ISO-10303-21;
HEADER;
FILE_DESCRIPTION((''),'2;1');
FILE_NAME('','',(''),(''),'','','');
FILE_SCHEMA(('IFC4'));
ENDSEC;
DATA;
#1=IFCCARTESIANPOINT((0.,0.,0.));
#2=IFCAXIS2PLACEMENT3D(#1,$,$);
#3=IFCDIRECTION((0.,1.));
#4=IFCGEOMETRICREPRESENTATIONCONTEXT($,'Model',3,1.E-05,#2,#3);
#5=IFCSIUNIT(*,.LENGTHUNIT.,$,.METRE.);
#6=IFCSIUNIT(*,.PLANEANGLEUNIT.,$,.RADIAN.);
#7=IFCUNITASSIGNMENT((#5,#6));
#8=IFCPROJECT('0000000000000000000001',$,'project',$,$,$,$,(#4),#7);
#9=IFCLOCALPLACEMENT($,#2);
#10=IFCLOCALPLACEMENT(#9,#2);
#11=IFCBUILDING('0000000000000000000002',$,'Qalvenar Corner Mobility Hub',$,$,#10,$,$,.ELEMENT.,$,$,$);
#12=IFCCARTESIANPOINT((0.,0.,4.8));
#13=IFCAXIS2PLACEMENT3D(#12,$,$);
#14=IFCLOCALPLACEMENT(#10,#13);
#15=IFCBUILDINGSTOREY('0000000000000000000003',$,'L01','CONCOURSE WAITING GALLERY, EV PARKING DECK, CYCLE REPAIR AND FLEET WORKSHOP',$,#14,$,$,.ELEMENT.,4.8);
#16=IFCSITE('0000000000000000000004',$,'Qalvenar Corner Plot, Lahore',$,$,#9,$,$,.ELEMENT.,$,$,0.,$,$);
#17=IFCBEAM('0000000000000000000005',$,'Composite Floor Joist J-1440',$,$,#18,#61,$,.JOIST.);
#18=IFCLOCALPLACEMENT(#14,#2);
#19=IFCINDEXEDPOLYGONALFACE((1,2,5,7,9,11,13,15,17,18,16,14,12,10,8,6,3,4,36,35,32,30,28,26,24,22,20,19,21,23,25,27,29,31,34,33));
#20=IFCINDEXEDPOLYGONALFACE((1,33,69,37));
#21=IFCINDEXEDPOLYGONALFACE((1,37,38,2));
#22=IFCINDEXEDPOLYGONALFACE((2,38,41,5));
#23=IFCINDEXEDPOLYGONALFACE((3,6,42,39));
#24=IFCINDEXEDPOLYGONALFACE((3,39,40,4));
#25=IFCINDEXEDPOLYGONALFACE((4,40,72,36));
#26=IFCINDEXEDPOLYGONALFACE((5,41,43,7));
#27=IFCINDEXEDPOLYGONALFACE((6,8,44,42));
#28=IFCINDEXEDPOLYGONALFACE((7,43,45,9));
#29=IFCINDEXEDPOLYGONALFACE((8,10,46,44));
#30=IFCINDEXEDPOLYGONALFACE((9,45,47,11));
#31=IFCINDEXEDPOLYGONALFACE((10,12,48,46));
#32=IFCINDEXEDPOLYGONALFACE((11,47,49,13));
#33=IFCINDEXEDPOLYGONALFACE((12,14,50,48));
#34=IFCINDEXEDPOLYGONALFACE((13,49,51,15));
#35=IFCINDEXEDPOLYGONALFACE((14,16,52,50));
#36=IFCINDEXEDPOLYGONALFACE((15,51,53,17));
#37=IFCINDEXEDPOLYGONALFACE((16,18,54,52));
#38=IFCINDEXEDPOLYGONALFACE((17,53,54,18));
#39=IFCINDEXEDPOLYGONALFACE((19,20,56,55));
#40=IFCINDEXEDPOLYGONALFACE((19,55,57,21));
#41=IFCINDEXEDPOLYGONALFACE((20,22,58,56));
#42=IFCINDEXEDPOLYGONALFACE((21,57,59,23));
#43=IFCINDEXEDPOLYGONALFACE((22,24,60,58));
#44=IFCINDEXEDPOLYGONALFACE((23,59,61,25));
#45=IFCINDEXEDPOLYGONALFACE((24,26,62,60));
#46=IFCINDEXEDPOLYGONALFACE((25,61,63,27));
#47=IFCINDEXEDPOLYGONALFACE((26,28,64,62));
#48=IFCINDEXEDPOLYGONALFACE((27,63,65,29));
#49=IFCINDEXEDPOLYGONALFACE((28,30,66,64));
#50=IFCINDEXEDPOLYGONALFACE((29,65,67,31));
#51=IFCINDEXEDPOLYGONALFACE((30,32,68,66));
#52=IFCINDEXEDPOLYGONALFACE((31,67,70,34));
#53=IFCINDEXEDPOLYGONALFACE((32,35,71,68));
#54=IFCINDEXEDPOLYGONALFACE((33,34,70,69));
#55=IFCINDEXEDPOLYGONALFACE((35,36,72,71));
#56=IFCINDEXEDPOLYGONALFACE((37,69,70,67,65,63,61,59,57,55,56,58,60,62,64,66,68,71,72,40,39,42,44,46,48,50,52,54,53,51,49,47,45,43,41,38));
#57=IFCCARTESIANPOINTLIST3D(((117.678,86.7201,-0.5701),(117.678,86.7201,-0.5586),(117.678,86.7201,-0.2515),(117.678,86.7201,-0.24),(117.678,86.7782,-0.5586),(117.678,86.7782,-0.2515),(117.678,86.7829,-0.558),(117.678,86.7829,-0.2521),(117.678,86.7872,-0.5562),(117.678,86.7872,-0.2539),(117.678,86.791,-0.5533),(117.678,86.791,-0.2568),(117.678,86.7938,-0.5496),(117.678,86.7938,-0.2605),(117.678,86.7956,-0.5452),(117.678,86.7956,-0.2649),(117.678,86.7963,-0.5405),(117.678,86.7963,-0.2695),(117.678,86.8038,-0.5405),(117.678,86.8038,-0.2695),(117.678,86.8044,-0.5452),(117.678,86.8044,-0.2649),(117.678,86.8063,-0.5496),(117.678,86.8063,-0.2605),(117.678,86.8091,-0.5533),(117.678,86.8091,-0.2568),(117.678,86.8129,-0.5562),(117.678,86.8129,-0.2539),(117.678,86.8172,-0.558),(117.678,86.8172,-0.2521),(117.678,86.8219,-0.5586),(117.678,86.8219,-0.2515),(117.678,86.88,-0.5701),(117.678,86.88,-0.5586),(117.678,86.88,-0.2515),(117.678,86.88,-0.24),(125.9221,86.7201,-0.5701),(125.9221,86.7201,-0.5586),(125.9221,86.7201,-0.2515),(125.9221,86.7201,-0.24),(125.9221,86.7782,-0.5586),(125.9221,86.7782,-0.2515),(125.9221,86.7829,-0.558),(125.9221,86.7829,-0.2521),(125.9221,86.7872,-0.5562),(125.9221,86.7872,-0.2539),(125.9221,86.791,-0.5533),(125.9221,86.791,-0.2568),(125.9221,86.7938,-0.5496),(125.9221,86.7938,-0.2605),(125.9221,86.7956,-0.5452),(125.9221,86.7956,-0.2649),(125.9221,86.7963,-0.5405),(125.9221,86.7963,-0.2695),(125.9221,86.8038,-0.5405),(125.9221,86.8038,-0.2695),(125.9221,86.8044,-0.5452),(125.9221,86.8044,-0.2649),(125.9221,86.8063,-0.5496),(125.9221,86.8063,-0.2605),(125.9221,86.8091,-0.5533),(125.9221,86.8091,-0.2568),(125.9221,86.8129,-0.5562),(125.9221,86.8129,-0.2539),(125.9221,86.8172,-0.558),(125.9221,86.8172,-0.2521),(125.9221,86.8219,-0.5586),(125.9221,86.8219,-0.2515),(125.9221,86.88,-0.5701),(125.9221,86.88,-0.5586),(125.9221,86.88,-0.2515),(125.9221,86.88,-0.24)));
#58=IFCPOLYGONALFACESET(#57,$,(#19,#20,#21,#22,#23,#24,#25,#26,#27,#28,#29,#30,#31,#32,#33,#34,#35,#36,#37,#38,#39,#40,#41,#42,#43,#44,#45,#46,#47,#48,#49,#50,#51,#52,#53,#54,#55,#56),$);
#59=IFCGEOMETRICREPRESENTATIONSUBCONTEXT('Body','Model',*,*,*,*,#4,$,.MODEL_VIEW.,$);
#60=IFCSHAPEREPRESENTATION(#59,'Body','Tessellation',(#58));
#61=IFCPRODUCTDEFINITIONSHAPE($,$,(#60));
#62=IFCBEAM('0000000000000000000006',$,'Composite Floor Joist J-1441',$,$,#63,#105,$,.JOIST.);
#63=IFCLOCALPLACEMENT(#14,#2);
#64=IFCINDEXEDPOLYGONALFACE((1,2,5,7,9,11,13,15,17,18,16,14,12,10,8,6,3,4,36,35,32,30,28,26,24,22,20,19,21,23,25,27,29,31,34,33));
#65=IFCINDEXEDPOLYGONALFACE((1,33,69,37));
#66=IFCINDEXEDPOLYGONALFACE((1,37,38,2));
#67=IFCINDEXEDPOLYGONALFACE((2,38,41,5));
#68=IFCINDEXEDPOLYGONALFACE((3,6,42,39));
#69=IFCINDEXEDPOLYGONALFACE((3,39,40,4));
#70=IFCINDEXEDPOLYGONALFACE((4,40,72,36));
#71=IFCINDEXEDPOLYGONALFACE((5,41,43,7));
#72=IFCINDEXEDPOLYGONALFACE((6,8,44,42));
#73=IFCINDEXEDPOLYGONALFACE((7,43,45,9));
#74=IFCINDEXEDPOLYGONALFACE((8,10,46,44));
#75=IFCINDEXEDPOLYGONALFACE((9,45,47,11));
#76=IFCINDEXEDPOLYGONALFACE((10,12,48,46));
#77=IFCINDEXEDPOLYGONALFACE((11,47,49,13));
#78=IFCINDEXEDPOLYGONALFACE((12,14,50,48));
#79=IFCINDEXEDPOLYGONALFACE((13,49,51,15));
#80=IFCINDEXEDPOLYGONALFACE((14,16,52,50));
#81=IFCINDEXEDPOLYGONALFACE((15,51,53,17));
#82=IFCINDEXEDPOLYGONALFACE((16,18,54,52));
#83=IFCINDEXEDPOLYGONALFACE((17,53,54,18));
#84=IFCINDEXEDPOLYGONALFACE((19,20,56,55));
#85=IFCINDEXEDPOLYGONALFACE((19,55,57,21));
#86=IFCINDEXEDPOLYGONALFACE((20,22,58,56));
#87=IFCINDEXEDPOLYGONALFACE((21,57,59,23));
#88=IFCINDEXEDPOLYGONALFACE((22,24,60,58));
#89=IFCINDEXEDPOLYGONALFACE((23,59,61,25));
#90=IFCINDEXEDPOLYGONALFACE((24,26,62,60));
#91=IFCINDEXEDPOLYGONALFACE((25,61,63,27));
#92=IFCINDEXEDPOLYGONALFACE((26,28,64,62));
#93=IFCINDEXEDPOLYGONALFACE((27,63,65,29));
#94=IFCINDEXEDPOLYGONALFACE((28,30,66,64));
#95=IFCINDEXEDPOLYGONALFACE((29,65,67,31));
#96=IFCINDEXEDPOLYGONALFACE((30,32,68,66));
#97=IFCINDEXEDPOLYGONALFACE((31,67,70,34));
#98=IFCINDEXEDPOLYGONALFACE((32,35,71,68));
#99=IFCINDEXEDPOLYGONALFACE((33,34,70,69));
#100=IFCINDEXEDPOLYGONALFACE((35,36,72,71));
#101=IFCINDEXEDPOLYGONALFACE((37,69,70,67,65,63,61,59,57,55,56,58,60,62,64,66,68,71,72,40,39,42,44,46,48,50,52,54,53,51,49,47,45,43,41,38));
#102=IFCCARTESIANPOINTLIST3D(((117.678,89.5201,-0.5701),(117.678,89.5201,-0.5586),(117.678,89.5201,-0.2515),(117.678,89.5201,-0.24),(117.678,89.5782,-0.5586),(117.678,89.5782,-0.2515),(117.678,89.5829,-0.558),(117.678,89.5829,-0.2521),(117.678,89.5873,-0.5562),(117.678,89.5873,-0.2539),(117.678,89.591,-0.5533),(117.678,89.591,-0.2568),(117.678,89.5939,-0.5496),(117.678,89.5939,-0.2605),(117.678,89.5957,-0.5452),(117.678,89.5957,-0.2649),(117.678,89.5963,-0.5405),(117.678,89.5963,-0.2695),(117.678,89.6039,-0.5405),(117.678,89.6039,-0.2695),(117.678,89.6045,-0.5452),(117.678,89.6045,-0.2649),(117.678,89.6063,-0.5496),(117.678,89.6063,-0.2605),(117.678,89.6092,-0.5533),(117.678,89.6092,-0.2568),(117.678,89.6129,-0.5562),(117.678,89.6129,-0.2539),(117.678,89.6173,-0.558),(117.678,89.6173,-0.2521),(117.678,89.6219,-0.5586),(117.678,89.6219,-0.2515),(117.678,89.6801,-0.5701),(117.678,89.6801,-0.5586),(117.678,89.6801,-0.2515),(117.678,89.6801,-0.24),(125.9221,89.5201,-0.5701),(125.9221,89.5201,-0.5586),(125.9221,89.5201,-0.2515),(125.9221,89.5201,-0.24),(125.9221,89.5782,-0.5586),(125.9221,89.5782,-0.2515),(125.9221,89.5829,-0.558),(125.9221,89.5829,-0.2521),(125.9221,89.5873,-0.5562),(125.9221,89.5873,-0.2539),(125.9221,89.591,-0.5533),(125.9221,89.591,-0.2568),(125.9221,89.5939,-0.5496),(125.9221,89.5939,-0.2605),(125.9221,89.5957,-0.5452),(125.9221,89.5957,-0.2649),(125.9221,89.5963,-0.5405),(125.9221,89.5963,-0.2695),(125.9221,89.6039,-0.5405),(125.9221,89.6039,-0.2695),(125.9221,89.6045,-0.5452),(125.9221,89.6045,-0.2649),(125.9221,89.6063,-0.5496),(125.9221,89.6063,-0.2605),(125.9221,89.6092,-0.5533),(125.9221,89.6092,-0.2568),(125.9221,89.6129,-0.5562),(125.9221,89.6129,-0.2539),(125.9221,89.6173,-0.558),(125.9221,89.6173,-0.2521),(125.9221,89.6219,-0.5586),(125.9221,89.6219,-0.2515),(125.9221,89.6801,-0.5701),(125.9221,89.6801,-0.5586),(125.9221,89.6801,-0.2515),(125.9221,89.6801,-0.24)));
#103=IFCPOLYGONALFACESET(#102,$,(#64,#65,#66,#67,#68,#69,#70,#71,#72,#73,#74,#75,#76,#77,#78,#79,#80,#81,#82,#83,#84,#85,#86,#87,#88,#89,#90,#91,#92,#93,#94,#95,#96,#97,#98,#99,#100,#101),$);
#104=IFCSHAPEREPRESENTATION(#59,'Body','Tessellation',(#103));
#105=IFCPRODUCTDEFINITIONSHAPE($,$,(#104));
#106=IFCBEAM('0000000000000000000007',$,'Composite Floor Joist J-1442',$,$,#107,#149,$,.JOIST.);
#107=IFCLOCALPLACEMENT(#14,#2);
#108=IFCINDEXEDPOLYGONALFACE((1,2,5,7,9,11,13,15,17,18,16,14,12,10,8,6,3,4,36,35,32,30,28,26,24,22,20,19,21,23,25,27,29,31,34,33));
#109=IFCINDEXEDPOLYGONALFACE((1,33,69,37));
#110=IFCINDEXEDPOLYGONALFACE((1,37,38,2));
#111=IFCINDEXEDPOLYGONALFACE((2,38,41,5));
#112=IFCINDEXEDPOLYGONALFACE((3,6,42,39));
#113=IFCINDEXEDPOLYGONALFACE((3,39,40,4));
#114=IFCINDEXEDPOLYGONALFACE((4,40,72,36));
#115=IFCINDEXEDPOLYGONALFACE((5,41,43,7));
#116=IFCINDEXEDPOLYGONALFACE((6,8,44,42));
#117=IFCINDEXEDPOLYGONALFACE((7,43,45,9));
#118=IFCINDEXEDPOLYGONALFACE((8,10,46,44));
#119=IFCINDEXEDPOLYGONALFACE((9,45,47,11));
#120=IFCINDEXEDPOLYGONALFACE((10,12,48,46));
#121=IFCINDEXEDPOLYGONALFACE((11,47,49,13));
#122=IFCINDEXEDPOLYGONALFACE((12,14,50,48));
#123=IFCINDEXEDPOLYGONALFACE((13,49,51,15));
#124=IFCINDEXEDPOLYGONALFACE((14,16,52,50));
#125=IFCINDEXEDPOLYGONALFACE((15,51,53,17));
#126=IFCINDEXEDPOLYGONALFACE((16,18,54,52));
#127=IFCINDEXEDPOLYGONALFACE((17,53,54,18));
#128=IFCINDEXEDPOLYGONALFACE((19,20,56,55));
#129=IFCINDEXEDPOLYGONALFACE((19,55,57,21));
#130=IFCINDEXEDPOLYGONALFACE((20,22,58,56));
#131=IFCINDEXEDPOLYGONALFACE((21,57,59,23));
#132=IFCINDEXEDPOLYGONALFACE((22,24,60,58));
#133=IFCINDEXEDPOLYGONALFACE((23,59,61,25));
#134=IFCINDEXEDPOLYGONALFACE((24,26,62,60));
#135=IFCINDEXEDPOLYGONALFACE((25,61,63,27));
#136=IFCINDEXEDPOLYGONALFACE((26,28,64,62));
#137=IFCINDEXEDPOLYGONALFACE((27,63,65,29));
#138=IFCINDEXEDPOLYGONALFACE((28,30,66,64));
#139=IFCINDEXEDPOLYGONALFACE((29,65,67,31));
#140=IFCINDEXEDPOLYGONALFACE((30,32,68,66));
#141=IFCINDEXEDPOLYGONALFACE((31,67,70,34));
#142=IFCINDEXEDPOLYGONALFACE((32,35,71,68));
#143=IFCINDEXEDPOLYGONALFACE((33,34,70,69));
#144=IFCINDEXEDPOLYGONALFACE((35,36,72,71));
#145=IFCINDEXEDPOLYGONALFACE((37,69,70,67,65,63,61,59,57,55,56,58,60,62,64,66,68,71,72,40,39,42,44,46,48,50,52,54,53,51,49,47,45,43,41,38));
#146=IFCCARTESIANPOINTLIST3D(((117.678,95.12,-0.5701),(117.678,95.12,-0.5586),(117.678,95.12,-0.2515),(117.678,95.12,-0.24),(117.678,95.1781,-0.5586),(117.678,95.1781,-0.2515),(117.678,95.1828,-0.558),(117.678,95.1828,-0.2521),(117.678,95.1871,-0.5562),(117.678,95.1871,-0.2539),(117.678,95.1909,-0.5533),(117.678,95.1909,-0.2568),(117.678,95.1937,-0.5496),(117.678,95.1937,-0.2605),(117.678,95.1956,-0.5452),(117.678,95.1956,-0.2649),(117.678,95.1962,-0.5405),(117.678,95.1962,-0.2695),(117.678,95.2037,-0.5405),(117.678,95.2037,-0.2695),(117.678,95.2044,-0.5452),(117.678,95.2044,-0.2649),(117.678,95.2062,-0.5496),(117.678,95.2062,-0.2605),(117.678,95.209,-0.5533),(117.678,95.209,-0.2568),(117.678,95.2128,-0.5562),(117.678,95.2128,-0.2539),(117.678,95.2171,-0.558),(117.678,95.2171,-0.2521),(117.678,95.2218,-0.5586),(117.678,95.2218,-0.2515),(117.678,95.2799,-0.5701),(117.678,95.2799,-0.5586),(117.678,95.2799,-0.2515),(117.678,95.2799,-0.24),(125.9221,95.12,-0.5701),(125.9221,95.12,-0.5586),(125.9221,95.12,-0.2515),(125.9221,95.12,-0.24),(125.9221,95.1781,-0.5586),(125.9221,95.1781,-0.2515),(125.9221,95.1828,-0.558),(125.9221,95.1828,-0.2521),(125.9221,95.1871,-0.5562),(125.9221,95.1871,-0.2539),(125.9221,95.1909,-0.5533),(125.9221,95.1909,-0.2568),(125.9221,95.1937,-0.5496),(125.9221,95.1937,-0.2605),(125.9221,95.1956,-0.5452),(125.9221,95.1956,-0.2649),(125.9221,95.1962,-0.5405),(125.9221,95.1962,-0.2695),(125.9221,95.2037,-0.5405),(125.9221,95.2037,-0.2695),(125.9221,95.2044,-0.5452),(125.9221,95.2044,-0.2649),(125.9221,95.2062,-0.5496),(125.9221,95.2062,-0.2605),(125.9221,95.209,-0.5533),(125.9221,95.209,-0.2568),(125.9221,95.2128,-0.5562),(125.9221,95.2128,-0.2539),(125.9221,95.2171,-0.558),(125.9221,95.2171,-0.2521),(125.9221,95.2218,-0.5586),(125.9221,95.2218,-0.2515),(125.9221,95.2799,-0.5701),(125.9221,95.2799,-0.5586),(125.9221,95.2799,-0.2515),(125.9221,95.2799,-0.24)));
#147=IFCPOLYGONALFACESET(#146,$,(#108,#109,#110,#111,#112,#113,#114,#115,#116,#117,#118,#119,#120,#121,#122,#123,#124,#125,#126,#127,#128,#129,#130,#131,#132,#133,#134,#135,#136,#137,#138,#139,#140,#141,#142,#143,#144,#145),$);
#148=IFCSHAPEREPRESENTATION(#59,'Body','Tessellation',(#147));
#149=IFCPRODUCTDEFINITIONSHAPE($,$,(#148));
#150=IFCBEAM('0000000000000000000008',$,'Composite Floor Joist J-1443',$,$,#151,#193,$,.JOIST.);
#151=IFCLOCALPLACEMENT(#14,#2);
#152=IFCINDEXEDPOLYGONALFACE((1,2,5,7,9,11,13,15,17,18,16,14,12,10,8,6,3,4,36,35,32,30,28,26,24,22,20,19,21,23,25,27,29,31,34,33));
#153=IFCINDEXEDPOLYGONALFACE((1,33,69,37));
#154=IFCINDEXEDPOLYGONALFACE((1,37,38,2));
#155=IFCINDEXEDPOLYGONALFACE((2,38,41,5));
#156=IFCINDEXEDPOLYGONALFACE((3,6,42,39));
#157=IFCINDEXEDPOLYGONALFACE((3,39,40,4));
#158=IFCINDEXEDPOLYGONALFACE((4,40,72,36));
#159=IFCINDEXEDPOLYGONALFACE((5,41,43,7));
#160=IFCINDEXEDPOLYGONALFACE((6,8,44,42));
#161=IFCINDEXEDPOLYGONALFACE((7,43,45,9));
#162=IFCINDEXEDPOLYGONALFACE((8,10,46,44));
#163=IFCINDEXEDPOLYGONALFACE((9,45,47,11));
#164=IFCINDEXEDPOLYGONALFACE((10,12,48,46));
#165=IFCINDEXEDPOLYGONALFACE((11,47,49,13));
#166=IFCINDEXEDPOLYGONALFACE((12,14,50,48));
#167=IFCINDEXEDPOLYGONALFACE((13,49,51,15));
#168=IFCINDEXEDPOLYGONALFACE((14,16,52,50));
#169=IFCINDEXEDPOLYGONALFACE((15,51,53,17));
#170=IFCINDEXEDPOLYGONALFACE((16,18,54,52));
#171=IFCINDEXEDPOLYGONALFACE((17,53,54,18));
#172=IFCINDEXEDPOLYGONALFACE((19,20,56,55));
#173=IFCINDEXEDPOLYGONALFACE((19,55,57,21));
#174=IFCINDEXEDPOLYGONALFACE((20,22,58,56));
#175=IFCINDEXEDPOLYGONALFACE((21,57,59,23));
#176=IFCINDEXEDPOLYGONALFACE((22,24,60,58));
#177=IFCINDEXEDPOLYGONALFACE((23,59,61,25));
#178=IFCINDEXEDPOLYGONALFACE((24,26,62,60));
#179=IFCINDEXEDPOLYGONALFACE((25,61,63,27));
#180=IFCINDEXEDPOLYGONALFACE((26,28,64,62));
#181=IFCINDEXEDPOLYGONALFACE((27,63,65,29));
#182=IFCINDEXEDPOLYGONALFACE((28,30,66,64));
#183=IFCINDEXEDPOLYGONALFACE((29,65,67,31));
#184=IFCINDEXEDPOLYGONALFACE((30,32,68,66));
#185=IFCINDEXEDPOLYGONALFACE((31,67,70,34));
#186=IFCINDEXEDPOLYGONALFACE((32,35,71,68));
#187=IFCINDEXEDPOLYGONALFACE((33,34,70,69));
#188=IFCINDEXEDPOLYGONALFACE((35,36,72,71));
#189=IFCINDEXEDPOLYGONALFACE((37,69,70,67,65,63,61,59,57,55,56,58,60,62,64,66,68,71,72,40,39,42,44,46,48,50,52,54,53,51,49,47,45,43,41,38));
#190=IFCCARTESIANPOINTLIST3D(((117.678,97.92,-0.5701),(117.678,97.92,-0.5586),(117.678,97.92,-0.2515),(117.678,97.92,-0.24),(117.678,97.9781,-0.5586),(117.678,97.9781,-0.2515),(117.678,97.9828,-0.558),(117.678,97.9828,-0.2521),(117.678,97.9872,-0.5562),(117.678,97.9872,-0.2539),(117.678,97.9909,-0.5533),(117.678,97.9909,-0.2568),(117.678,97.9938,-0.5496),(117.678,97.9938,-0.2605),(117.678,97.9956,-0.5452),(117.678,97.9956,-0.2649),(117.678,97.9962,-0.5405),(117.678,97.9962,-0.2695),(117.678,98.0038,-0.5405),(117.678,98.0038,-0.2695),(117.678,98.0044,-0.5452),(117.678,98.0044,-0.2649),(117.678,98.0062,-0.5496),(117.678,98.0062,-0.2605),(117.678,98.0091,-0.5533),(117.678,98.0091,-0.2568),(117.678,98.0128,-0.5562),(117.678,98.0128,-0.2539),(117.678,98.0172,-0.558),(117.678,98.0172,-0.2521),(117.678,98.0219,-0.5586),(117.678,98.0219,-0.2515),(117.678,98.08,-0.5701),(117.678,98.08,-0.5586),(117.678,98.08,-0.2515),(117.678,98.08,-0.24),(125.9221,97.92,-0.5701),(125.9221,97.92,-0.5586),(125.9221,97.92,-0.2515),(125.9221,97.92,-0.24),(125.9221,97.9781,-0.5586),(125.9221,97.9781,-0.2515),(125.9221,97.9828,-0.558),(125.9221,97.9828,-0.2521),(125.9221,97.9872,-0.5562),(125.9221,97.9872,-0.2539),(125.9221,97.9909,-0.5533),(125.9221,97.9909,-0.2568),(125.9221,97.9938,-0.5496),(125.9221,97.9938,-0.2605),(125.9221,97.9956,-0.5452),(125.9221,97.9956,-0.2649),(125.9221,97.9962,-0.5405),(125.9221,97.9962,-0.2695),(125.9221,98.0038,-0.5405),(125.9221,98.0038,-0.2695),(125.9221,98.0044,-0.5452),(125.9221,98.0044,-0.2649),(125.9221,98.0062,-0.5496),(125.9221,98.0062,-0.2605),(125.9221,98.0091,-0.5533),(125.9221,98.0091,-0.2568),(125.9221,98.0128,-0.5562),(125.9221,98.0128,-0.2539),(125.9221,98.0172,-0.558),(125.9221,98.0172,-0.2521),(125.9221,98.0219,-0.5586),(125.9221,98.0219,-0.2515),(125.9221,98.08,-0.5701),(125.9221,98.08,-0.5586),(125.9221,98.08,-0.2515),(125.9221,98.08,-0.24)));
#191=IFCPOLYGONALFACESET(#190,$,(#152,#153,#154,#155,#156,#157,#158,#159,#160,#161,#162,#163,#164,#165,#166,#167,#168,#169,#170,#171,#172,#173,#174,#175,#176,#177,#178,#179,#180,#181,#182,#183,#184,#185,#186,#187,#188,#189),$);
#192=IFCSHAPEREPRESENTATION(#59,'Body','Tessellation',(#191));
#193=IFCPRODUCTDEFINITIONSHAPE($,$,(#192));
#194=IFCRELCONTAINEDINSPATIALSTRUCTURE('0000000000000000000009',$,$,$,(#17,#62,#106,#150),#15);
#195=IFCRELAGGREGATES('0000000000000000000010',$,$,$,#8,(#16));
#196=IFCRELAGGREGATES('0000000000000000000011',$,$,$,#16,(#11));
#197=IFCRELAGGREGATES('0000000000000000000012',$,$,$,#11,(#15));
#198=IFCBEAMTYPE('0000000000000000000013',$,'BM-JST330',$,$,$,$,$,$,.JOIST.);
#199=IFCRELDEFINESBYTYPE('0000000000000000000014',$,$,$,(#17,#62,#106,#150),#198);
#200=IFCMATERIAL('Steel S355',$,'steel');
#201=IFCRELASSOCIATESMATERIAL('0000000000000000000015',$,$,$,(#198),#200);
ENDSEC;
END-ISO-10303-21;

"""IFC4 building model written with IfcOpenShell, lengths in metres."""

from ifc_helpers import new_model, si_unit, direction, frame, origin, origin_2d, place, context, subcontext, project, spatial, i_section, extrude, material, material_profile, profile_set, type_object, element, save


model = new_model("IFC4")

# Units and contexts
model_context = context("Model", 3, precision=1e-05, world=origin(), true_north=direction((0.0, 1.0)))
body_context = subcontext(model_context, "Body", "Model", "MODEL_VIEW")
ifc_project = project(units=[si_unit("LENGTHUNIT", "METRE"), si_unit("PLANEANGLEUNIT", "RADIAN")], contexts=[model_context])

# Site, building, storey
site_placement = place(None, origin())
site = spatial("IfcSite", under=ifc_project, at=site_placement, Name="Qalvenar Corner Plot, Lahore", CompositionType="ELEMENT", RefElevation=0.0)
building_placement = place(site_placement, origin())
building = spatial("IfcBuilding", under=site, at=building_placement, Name="Qalvenar Corner Mobility Hub", CompositionType="ELEMENT")
storey_placement = place(building_placement, frame((0.0, 0.0, 4.8)))
storey = spatial("IfcBuildingStorey", under=building, at=storey_placement, Name="L01", Description="CONCOURSE WAITING GALLERY, EV PARKING DECK, CYCLE REPAIR AND FLEET WORKSHOP", CompositionType="ELEMENT", Elevation=4.8)

# Shared definitions
ifc_material = material(Name="Steel S355", Category="steel")

# Beams
ifc_material_profile_1 = material_profile(ifc_material, i_section(OverallWidth=0.1599, OverallDepth=0.3301, WebThickness=0.0076, FlangeThickness=0.0115, FilletRadius=0.0181, at=origin_2d()), Name="IPE330")
ifc_profile_set_1 = profile_set([ifc_material_profile_1], Name="Steel S355")
beam_type_1 = type_object("IfcBeamType", Name="BM-JST330", PredefinedType="JOIST", material=ifc_profile_set_1)
for number, where, z_axis, x_axis, name in (
    (1, (117.678, 86.8, -0.405), (1.0, 0.0, 0.0), (0.0, 1.0, 0.0), "Composite Floor Joist J-1440"),
    (2, (117.678, 89.6001, -0.405), (1.0, 0.0, 0.0), (0.0, 1.0, 0.0), "Composite Floor Joist J-1441"),
    (3, (117.678, 95.2, -0.405), (1.0, 0.0, 0.0), (0.0, 1.0, 0.0), "Composite Floor Joist J-1442"),
    (4, (117.678, 98.0, -0.405), (1.0, 0.0, 0.0), (0.0, 1.0, 0.0), "Composite Floor Joist J-1443"),
):
    element("IfcBeam", number, at=place(storey_placement, frame(where, z_axis=z_axis, x_axis=x_axis)), inside=storey, type_object=beam_type_1, Name=name, PredefinedType="JOIST", context=body_context, shape_type="SweptSolid", body=[
        extrude(i_section(OverallWidth=0.1599, OverallDepth=0.3301, WebThickness=0.0076, FlangeThickness=0.0115, FilletRadius=0.0181, at=origin_2d()), origin(), (0.0, 0.0, 1.0), 8.2441),
    ])

save(model, "model.ifc")
